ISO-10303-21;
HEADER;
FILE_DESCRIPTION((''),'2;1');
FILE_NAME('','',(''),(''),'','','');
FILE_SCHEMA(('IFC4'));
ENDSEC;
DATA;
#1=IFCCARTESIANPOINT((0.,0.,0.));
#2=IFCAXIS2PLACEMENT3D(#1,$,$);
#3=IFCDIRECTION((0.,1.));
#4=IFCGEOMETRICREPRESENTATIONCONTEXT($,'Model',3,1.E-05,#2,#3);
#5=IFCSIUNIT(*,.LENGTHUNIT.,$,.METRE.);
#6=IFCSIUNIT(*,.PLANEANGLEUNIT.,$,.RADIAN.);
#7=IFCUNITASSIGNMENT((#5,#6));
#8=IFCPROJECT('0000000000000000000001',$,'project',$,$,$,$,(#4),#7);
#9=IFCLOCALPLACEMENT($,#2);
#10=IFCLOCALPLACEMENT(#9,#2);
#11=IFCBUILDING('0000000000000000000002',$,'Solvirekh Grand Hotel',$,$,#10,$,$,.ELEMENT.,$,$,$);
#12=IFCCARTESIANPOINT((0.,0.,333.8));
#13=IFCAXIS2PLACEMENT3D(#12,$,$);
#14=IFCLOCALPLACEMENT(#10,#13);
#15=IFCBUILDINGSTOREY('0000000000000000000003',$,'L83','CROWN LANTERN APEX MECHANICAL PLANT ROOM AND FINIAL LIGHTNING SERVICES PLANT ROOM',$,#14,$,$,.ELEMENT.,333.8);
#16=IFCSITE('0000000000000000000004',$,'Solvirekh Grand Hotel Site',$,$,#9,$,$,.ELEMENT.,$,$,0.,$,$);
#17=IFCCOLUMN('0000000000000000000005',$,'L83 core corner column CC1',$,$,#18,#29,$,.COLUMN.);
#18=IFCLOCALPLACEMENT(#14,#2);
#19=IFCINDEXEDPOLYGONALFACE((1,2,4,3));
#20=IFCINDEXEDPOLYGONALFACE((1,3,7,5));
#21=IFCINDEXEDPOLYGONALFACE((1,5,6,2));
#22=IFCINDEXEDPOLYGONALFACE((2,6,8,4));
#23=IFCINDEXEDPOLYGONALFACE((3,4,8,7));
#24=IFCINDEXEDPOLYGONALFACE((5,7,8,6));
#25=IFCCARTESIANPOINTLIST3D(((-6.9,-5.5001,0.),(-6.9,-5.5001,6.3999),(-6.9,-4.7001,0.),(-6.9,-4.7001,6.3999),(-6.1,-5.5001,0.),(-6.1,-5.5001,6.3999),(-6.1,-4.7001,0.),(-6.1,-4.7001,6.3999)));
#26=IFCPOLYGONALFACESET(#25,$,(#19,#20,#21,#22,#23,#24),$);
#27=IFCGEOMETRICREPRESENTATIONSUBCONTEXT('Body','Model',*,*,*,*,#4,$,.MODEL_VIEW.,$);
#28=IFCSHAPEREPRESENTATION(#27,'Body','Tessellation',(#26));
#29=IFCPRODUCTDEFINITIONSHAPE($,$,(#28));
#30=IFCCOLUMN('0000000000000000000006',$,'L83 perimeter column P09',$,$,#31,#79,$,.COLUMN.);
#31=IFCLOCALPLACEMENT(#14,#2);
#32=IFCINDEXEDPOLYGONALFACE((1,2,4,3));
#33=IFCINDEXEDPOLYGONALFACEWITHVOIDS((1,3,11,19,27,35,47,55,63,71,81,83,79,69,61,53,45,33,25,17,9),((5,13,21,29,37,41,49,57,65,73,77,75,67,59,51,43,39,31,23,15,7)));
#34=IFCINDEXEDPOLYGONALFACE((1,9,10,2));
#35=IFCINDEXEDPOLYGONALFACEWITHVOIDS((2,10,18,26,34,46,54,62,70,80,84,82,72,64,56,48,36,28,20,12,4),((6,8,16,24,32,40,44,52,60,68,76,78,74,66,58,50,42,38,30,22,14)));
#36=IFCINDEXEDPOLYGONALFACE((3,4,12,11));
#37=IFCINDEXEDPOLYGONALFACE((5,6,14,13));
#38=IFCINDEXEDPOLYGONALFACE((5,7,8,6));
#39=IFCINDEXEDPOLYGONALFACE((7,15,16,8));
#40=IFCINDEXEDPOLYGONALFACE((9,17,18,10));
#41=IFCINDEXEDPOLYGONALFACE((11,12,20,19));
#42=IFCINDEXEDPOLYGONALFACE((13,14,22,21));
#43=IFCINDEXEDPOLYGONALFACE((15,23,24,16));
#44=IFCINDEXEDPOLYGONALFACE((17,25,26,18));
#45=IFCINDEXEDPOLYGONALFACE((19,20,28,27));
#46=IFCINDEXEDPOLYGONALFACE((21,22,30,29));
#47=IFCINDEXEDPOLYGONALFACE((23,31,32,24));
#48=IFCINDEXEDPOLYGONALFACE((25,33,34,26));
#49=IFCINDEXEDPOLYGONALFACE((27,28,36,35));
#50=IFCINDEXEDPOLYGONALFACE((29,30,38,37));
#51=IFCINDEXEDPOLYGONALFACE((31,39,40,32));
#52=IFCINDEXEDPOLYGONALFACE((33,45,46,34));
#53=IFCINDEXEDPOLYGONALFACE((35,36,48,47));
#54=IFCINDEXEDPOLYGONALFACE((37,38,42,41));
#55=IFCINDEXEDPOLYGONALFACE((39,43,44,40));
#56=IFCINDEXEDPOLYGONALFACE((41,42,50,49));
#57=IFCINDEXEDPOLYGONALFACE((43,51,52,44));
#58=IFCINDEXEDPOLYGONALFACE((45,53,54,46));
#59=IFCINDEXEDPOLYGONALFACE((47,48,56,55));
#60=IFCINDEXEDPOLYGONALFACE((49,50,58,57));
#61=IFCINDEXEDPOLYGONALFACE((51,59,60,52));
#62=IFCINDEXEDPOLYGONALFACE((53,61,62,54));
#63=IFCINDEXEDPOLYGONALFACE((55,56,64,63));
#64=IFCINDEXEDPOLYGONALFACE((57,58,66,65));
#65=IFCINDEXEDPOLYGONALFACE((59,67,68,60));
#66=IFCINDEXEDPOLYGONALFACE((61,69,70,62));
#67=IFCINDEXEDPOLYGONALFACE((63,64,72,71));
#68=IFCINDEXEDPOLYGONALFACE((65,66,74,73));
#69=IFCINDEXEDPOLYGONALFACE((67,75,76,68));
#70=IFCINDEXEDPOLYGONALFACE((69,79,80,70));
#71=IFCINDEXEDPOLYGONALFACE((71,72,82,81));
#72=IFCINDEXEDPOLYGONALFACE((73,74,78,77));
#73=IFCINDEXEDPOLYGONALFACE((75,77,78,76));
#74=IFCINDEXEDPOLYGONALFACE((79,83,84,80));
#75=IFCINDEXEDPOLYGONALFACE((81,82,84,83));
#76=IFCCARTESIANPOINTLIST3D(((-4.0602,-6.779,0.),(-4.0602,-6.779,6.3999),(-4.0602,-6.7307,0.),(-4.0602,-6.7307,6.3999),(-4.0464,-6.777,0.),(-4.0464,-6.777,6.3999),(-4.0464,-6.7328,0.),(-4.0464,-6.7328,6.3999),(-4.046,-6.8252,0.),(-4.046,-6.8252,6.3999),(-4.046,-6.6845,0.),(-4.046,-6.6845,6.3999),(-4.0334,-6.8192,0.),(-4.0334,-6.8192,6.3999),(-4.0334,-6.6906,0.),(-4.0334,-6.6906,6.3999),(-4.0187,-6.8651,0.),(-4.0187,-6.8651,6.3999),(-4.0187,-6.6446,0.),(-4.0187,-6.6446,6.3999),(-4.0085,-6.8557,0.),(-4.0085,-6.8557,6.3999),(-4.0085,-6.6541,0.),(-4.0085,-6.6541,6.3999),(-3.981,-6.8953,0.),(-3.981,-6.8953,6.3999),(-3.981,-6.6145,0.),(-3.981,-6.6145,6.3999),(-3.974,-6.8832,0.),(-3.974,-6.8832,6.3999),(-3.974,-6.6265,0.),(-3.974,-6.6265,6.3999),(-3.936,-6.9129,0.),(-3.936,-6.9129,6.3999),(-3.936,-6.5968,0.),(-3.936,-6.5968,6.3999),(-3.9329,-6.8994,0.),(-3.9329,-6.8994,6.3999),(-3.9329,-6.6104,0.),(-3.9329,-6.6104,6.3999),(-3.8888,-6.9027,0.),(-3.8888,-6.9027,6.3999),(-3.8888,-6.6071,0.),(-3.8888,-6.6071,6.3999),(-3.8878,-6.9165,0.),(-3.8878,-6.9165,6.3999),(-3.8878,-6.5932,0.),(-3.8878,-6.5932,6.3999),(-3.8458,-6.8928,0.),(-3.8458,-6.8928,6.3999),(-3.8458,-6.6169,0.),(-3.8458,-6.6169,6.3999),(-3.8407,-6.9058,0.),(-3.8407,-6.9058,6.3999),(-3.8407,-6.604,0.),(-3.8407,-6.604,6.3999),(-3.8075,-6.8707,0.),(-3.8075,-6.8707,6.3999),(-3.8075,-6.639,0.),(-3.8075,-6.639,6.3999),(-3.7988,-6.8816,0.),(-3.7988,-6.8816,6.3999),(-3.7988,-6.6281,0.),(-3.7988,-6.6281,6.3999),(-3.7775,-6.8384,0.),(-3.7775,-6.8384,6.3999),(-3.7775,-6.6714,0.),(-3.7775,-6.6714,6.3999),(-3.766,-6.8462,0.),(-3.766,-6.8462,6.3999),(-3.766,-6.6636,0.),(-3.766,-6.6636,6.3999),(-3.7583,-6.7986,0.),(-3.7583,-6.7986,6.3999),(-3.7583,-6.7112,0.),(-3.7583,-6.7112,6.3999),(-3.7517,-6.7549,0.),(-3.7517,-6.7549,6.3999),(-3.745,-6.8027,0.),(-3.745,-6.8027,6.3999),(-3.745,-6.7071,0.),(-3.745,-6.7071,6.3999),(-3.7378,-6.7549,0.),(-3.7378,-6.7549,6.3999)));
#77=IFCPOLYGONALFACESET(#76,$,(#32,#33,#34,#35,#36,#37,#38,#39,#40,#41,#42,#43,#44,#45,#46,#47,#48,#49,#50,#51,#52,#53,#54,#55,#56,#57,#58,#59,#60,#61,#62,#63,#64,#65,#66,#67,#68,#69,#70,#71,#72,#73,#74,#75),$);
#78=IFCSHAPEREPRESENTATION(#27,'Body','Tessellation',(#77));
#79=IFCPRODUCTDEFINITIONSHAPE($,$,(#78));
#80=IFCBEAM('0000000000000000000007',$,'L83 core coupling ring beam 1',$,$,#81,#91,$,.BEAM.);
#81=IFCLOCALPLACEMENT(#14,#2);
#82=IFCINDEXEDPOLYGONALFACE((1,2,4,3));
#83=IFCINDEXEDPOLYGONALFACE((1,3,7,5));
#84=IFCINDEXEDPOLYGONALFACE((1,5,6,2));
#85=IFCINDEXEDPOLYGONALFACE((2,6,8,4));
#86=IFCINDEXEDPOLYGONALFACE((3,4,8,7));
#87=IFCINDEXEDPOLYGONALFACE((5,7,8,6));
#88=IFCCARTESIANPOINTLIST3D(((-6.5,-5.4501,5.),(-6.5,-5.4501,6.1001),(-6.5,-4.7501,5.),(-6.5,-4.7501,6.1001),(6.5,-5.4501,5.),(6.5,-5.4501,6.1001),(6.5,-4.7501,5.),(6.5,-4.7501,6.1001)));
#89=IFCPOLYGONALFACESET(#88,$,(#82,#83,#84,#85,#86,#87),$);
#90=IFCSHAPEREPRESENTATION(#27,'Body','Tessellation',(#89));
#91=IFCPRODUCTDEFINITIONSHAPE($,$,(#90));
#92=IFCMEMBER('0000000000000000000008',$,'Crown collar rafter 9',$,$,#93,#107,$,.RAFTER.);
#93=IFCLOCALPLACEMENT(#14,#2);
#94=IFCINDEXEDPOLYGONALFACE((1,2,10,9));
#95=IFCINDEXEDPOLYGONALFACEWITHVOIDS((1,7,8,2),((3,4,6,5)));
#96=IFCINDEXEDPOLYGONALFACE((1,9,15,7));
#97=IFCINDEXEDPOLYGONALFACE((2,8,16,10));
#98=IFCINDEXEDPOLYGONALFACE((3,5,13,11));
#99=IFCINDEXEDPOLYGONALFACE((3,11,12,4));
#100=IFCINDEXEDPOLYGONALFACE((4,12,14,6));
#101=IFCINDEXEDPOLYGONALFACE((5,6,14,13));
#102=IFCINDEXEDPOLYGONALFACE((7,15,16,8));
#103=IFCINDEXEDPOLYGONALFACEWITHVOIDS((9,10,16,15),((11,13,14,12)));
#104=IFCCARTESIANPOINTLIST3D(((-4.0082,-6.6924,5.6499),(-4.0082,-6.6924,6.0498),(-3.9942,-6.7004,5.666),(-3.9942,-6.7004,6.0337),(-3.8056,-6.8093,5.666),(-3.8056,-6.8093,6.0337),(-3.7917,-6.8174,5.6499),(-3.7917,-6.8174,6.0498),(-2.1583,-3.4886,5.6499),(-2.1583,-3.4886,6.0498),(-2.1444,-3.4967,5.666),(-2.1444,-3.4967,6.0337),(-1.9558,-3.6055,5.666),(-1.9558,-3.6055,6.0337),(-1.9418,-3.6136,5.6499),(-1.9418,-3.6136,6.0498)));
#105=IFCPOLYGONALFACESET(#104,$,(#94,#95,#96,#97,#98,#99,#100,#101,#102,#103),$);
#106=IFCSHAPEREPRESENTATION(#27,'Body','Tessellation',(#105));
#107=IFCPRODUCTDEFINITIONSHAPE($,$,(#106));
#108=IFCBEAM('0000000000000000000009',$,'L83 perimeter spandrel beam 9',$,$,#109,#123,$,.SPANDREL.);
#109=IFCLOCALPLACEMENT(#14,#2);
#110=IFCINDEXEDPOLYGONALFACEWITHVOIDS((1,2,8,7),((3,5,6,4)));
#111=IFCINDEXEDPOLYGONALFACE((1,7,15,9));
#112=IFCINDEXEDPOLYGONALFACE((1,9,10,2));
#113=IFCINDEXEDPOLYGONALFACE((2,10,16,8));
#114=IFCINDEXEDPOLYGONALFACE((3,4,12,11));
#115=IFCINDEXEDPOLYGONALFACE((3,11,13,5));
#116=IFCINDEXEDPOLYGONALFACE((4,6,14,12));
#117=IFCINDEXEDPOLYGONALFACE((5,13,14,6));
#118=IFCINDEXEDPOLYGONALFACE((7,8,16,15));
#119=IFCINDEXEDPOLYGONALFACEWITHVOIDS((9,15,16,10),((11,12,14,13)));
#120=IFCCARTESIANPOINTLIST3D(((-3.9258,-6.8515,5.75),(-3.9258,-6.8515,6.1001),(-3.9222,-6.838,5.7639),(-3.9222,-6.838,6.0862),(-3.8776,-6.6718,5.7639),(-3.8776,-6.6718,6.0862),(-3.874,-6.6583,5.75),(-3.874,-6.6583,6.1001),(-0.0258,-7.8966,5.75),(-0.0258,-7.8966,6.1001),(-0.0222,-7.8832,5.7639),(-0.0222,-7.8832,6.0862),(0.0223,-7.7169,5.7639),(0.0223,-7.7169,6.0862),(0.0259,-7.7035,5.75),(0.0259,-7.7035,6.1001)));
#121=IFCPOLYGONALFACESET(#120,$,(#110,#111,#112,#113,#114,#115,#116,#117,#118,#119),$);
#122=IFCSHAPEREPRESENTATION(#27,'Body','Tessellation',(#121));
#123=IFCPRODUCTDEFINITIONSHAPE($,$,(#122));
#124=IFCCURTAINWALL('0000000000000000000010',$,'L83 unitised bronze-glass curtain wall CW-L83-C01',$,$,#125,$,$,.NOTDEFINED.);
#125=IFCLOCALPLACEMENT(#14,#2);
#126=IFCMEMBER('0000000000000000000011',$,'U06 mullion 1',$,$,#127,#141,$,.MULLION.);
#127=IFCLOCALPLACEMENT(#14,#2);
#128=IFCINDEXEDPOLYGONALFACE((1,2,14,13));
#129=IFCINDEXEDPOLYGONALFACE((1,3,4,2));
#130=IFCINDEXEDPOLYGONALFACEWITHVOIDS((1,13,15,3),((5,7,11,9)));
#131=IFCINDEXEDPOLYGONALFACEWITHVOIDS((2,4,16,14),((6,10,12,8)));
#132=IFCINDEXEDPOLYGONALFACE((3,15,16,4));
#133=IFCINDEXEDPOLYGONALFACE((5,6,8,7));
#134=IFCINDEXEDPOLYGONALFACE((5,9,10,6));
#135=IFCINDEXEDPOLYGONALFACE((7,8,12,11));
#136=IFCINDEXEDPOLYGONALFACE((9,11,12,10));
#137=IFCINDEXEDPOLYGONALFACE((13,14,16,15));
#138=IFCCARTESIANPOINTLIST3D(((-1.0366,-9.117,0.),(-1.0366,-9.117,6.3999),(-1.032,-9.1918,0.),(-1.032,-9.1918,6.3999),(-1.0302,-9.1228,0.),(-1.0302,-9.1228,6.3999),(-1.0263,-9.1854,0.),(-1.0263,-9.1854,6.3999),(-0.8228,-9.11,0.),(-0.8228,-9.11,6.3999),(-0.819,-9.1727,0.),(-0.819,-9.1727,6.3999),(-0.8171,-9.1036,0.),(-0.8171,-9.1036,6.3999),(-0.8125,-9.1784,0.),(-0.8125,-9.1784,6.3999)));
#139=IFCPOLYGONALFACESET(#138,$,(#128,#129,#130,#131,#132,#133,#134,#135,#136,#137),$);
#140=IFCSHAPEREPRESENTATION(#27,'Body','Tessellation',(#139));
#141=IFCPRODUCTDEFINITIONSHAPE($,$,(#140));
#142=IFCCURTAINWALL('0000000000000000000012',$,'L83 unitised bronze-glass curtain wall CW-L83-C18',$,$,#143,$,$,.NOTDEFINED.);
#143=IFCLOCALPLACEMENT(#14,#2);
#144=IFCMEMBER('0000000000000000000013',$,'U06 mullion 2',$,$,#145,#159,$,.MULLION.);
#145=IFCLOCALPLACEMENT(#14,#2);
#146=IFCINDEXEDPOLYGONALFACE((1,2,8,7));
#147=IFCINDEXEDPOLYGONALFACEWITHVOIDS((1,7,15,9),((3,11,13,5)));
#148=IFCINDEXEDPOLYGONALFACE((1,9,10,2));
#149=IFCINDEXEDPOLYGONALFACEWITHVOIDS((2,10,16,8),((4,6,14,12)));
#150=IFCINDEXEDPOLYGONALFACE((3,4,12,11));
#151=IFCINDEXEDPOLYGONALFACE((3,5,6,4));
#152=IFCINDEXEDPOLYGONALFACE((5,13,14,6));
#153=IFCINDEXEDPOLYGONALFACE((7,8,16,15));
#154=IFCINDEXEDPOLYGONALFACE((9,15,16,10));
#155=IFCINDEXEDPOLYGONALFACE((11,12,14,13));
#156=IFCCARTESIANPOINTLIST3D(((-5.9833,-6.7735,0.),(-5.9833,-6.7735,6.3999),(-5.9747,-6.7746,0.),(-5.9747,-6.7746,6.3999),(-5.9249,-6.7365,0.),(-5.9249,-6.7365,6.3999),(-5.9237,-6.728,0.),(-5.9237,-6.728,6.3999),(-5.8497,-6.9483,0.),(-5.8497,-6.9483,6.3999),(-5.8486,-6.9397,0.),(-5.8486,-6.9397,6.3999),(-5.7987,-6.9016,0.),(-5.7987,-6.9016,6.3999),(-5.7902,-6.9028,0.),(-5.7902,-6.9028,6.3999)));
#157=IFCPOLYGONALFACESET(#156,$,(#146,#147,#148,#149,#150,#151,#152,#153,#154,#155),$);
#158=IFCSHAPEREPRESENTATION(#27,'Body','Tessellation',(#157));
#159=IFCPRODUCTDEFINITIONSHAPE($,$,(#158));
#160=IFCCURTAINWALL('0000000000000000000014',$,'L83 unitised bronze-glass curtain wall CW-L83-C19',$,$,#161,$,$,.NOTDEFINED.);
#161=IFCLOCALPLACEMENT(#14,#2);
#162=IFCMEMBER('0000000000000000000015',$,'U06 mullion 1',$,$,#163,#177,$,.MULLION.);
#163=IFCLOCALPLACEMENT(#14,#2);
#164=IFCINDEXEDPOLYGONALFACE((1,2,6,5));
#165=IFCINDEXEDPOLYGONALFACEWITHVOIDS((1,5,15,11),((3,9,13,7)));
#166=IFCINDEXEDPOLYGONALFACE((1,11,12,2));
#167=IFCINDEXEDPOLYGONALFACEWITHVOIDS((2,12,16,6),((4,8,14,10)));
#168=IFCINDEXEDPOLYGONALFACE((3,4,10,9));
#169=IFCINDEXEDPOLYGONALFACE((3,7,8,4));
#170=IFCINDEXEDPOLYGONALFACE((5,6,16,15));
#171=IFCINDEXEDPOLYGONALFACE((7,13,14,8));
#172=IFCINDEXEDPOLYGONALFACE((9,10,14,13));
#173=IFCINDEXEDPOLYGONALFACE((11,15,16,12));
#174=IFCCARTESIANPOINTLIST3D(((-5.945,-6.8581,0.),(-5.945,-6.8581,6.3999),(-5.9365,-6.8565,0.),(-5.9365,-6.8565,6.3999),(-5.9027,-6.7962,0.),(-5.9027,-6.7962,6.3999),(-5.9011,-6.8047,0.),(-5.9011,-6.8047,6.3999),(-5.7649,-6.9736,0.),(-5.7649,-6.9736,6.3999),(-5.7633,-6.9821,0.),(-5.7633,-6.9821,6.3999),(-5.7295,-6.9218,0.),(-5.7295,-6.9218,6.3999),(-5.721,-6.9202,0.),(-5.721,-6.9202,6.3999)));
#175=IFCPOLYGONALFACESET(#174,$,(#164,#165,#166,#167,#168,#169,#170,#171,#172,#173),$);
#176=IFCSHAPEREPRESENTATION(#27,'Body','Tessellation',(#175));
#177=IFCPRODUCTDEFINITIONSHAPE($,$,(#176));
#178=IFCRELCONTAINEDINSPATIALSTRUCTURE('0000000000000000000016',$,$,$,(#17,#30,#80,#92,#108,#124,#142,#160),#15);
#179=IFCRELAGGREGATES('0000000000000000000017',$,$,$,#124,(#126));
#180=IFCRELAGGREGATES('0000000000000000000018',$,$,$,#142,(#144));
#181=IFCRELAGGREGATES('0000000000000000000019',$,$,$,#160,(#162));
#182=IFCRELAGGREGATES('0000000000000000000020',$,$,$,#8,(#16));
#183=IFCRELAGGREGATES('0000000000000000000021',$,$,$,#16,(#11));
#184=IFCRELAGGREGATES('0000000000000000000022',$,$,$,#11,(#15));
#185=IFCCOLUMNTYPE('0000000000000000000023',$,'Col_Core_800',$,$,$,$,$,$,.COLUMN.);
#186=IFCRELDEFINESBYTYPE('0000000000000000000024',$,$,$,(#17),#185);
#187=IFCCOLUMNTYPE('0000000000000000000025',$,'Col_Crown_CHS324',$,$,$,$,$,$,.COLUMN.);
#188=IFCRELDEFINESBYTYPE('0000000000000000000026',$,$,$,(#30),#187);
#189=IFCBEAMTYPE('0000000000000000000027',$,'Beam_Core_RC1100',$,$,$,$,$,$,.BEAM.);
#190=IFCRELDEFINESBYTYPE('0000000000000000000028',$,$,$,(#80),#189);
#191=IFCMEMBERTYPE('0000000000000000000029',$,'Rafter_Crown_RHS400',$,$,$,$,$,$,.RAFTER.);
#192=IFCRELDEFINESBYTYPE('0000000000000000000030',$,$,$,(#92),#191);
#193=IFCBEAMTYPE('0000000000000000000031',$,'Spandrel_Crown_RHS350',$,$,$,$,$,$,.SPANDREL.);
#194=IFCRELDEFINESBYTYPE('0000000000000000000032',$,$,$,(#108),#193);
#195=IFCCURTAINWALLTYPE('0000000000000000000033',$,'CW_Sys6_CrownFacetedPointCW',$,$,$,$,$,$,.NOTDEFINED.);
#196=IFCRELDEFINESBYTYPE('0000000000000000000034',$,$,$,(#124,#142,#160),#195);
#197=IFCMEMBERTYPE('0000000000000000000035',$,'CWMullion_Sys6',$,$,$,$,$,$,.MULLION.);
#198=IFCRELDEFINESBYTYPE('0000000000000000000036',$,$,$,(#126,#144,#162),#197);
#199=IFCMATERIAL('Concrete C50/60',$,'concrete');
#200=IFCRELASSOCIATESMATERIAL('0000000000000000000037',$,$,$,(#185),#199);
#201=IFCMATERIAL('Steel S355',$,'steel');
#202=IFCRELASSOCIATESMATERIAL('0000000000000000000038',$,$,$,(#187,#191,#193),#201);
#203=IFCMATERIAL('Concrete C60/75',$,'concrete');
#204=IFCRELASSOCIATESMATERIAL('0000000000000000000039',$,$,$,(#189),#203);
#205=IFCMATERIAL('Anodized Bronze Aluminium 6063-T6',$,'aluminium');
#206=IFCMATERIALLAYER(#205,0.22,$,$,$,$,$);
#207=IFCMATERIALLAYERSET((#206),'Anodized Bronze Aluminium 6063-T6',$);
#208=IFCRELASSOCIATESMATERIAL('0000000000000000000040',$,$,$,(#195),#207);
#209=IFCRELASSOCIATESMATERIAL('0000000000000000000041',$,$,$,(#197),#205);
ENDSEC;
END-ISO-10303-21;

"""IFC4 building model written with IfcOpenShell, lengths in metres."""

from ifc_helpers import new_model, si_unit, direction, frame, origin, origin_2d, place, context, subcontext, project, spatial, rectangle, hollow_rectangle, hollow_circle, extrude, source, transform, mapped, material, layer, layer_set, material_profile, profile_set, type_object, element, aggregate, save


model = new_model("IFC4")

# Units and contexts
model_context = context("Model", 3, precision=1e-05, world=origin(), true_north=direction((0.0, 1.0)))
body_context = subcontext(model_context, "Body", "Model", "MODEL_VIEW")
ifc_project = project(units=[si_unit("LENGTHUNIT", "METRE"), si_unit("PLANEANGLEUNIT", "RADIAN")], contexts=[model_context])

# Site, building, storey
site_placement = place(None, origin())
site = spatial("IfcSite", under=ifc_project, at=site_placement, Name="Solvirekh Grand Hotel Site", CompositionType="ELEMENT", RefElevation=0.0)
building_placement = place(site_placement, origin())
building = spatial("IfcBuilding", under=site, at=building_placement, Name="Solvirekh Grand Hotel", CompositionType="ELEMENT")
storey_placement = place(building_placement, frame((0.0, 0.0, 333.8)))
storey = spatial("IfcBuildingStorey", under=building, at=storey_placement, Name="L83", Description="CROWN LANTERN APEX MECHANICAL PLANT ROOM AND FINIAL LIGHTNING SERVICES PLANT ROOM", CompositionType="ELEMENT", Elevation=333.8)

# Columns
ifc_material_1 = material(Name="Concrete C50/60", Category="concrete")
ifc_material_profile_1 = material_profile(ifc_material_1, rectangle(XDim=0.8, YDim=0.8, at=origin_2d()), Name="RC 800X800")
ifc_profile_set_1 = profile_set([ifc_material_profile_1], Name="Concrete C50/60")
column_type_1 = type_object("IfcColumnType", Name="Col_Core_800", PredefinedType="COLUMN", material=ifc_profile_set_1)
column_1_placement = place(storey_placement, frame((-6.5, -5.1001, 0.0), z_axis=(0.0, 0.0, 1.0), x_axis=(1.0, 0.0, 0.0)))
element("IfcColumn", 1, at=column_1_placement, inside=storey, type_object=column_type_1, Name="L83 core corner column CC1", PredefinedType="COLUMN", context=body_context, shape_type="SweptSolid", body=[
    extrude(rectangle(XDim=0.8, YDim=0.8, at=origin_2d()), origin(), (0.0, 0.0, 1.0), 6.3999),
])
ifc_material_2 = material(Name="Steel S355", Category="steel")
ifc_material_profile_2 = material_profile(ifc_material_2, hollow_circle(Radius=0.1621, WallThickness=0.0139, at=origin_2d()), Name="CHS 324X14")
ifc_profile_set_2 = profile_set([ifc_material_profile_2], Name="Steel S355")
column_type_2 = type_object("IfcColumnType", Name="Col_Crown_CHS324", PredefinedType="COLUMN", material=ifc_profile_set_2)
column_2_placement = place(storey_placement, frame((-3.8999, -6.7549, 0.0), z_axis=(0.0, 0.0, 1.0), x_axis=(1.0, 0.0, 0.0)))
element("IfcColumn", 2, at=column_2_placement, inside=storey, type_object=column_type_2, Name="L83 perimeter column P09", PredefinedType="COLUMN", context=body_context, shape_type="SweptSolid", body=[
    extrude(hollow_circle(Radius=0.1621, WallThickness=0.0139, at=origin_2d()), origin(), (0.0, 0.0, 1.0), 6.3999),
])

# Beam
ifc_material_3 = material(Name="Concrete C60/75", Category="concrete")
ifc_material_profile_3 = material_profile(ifc_material_3, rectangle(XDim=0.7, YDim=1.1001, at=origin_2d()), Name="RC BEAM 700X1100")
ifc_profile_set_3 = profile_set([ifc_material_profile_3], Name="Concrete C60/75")
beam_type_1 = type_object("IfcBeamType", Name="Beam_Core_RC1100", PredefinedType="BEAM", material=ifc_profile_set_3)
beam_1_placement = place(storey_placement, frame((-6.5, -5.1001, 5.55), z_axis=(1.0, 0.0, 0.0), x_axis=(0.0, 1.0, 0.0)))
element("IfcBeam", 3, at=beam_1_placement, inside=storey, type_object=beam_type_1, Name="L83 core coupling ring beam 1", PredefinedType="BEAM", context=body_context, shape_type="SweptSolid", body=[
    extrude(rectangle(XDim=0.7, YDim=1.1001, at=origin_2d()), origin(), (0.0, 0.0, 1.0), 13.0),
])

# Member
ifc_material_profile_4 = material_profile(ifc_material_2, hollow_rectangle(XDim=0.25, YDim=0.3999, WallThickness=0.0161, at=origin_2d()), Name="RHS 400X250X16")
ifc_profile_set_4 = profile_set([ifc_material_profile_4], Name="Steel S355")
member_type_1 = type_object("IfcMemberType", Name="Rafter_Crown_RHS400", PredefinedType="RAFTER", material=ifc_profile_set_4)
member_1_placement = place(storey_placement, frame((-3.8999, -6.7549, 5.8499), z_axis=(0.500021, 0.866013, 0.0), x_axis=(-0.866013, 0.500021, 0.0)))
element("IfcMember", 4, at=member_1_placement, inside=storey, type_object=member_type_1, Name="Crown collar rafter 9", PredefinedType="RAFTER", context=body_context, shape_type="SweptSolid", body=[
    extrude(hollow_rectangle(XDim=0.25, YDim=0.3999, WallThickness=0.0161, at=origin_2d()), origin(), (0.0, 0.0, 1.0), 3.6995),
])

# Beam
ifc_material_profile_5 = material_profile(ifc_material_2, hollow_rectangle(XDim=0.2, YDim=0.3501, WallThickness=0.0139, at=origin_2d()), Name="RHS 350X200X14")
ifc_profile_set_5 = profile_set([ifc_material_profile_5], Name="Steel S355")
beam_type_2 = type_object("IfcBeamType", Name="Spandrel_Crown_RHS350", PredefinedType="SPANDREL", material=ifc_profile_set_5)
beam_2_placement = place(storey_placement, frame((-3.8999, -6.7549, 5.925), z_axis=(0.965914, -0.258863, 0.0), x_axis=(0.258863, 0.965914, 0.0)))
element("IfcBeam", 5, at=beam_2_placement, inside=storey, type_object=beam_type_2, Name="L83 perimeter spandrel beam 9", PredefinedType="SPANDREL", context=body_context, shape_type="SweptSolid", body=[
    extrude(hollow_rectangle(XDim=0.2, YDim=0.3501, WallThickness=0.0139, at=origin_2d()), origin(), (0.0, 0.0, 1.0), 4.0376),
])

# Curtain walls, members
ifc_material_4 = material(Name="Anodized Bronze Aluminium 6063-T6", Category="aluminium")
ifc_layer_1 = layer(ifc_material_4, 0.22)
ifc_layer_set_1 = layer_set([ifc_layer_1], Name="Anodized Bronze Aluminium 6063-T6")
curtain_wall_type = type_object("IfcCurtainWallType", Name="CW_Sys6_CrownFacetedPointCW", PredefinedType="NOTDEFINED", material=ifc_layer_set_1)
curtain_wall_1_placement = place(storey_placement, origin())
curtain_wall_1 = element("IfcCurtainWall", 6, at=curtain_wall_1_placement, inside=storey, type_object=curtain_wall_type, Name="L83 unitised bronze-glass curtain wall CW-L83-C01", PredefinedType="NOTDEFINED")
ifc_material_profile_6 = material_profile(ifc_material_4, hollow_rectangle(XDim=0.075, YDim=0.22, WallThickness=0.0061, at=origin_2d()), Name="ALU RHS 220X75X6")
ifc_profile_set_6 = profile_set([ifc_material_profile_6], Name="Anodized Bronze Aluminium 6063-T6")
member_type_2 = type_object("IfcMemberType", Name="CWMullion_Sys6", PredefinedType="MULLION", material=ifc_profile_set_6)
shared_shape_1 = source(origin(), body_context, "Body", "SweptSolid", [
    extrude(hollow_rectangle(XDim=0.075, YDim=0.22, WallThickness=0.0061, at=origin_2d()), origin(), (0.0, 0.0, 1.0), 6.3999),
])
member_2_placement = place(storey_placement, frame((-0.9246, -9.1477, 0.0), z_axis=(0.0, 0.0, 1.0), x_axis=(-0.061259, 0.998122, 0.0)))
member_2 = element("IfcMember", 7, at=member_2_placement, type_object=member_type_2, Name="U06 mullion 1", PredefinedType="MULLION", context=body_context, shape_type="MappedRepresentation", body=[
    mapped(shared_shape_1, transform((0.0, 0.0, 0.0), x_axis=(1.0, 0.0, 0.0), y_axis=(0.0, 1.0, 0.0), z_axis=(0.0, 0.0, 1.0), scale=1.0)),
])
aggregate(curtain_wall_1, [member_2])
curtain_wall_2_placement = place(storey_placement, origin())
curtain_wall_2 = element("IfcCurtainWall", 8, at=curtain_wall_2_placement, inside=storey, type_object=curtain_wall_type, Name="L83 unitised bronze-glass curtain wall CW-L83-C18", PredefinedType="NOTDEFINED")
member_3_placement = place(storey_placement, frame((-5.8867, -6.8381, 0.0), z_axis=(0.0, 0.0, 1.0), x_axis=(0.794571, 0.607172, 0.0)))
member_3 = element("IfcMember", 9, at=member_3_placement, type_object=member_type_2, Name="U06 mullion 2", PredefinedType="MULLION", context=body_context, shape_type="MappedRepresentation", body=[
    mapped(shared_shape_1, transform((0.0, 0.0, 0.0), x_axis=(1.0, 0.0, 0.0), y_axis=(0.0, 1.0, 0.0), z_axis=(0.0, 0.0, 1.0), scale=1.0)),
])

# Curtain wall, member
curtain_wall_3_placement = place(storey_placement, origin())
curtain_wall_3 = element("IfcCurtainWall", 10, at=curtain_wall_3_placement, inside=storey, type_object=curtain_wall_type, Name="L83 unitised bronze-glass curtain wall CW-L83-C19", PredefinedType="NOTDEFINED")
member_4_placement = place(storey_placement, frame((-5.833, -6.8892, 0.0), z_axis=(0.0, 0.0, 1.0), x_axis=(0.56363, 0.826028, 0.0)))
member_4 = element("IfcMember", 11, at=member_4_placement, type_object=member_type_2, Name="U06 mullion 1", PredefinedType="MULLION", context=body_context, shape_type="MappedRepresentation", body=[
    mapped(shared_shape_1, transform((0.0, 0.0, 0.0), x_axis=(1.0, 0.0, 0.0), y_axis=(0.0, 1.0, 0.0), z_axis=(0.0, 0.0, 1.0), scale=1.0)),
])

aggregate(curtain_wall_2, [member_3])
aggregate(curtain_wall_3, [member_4])

save(model, "model.ifc")
